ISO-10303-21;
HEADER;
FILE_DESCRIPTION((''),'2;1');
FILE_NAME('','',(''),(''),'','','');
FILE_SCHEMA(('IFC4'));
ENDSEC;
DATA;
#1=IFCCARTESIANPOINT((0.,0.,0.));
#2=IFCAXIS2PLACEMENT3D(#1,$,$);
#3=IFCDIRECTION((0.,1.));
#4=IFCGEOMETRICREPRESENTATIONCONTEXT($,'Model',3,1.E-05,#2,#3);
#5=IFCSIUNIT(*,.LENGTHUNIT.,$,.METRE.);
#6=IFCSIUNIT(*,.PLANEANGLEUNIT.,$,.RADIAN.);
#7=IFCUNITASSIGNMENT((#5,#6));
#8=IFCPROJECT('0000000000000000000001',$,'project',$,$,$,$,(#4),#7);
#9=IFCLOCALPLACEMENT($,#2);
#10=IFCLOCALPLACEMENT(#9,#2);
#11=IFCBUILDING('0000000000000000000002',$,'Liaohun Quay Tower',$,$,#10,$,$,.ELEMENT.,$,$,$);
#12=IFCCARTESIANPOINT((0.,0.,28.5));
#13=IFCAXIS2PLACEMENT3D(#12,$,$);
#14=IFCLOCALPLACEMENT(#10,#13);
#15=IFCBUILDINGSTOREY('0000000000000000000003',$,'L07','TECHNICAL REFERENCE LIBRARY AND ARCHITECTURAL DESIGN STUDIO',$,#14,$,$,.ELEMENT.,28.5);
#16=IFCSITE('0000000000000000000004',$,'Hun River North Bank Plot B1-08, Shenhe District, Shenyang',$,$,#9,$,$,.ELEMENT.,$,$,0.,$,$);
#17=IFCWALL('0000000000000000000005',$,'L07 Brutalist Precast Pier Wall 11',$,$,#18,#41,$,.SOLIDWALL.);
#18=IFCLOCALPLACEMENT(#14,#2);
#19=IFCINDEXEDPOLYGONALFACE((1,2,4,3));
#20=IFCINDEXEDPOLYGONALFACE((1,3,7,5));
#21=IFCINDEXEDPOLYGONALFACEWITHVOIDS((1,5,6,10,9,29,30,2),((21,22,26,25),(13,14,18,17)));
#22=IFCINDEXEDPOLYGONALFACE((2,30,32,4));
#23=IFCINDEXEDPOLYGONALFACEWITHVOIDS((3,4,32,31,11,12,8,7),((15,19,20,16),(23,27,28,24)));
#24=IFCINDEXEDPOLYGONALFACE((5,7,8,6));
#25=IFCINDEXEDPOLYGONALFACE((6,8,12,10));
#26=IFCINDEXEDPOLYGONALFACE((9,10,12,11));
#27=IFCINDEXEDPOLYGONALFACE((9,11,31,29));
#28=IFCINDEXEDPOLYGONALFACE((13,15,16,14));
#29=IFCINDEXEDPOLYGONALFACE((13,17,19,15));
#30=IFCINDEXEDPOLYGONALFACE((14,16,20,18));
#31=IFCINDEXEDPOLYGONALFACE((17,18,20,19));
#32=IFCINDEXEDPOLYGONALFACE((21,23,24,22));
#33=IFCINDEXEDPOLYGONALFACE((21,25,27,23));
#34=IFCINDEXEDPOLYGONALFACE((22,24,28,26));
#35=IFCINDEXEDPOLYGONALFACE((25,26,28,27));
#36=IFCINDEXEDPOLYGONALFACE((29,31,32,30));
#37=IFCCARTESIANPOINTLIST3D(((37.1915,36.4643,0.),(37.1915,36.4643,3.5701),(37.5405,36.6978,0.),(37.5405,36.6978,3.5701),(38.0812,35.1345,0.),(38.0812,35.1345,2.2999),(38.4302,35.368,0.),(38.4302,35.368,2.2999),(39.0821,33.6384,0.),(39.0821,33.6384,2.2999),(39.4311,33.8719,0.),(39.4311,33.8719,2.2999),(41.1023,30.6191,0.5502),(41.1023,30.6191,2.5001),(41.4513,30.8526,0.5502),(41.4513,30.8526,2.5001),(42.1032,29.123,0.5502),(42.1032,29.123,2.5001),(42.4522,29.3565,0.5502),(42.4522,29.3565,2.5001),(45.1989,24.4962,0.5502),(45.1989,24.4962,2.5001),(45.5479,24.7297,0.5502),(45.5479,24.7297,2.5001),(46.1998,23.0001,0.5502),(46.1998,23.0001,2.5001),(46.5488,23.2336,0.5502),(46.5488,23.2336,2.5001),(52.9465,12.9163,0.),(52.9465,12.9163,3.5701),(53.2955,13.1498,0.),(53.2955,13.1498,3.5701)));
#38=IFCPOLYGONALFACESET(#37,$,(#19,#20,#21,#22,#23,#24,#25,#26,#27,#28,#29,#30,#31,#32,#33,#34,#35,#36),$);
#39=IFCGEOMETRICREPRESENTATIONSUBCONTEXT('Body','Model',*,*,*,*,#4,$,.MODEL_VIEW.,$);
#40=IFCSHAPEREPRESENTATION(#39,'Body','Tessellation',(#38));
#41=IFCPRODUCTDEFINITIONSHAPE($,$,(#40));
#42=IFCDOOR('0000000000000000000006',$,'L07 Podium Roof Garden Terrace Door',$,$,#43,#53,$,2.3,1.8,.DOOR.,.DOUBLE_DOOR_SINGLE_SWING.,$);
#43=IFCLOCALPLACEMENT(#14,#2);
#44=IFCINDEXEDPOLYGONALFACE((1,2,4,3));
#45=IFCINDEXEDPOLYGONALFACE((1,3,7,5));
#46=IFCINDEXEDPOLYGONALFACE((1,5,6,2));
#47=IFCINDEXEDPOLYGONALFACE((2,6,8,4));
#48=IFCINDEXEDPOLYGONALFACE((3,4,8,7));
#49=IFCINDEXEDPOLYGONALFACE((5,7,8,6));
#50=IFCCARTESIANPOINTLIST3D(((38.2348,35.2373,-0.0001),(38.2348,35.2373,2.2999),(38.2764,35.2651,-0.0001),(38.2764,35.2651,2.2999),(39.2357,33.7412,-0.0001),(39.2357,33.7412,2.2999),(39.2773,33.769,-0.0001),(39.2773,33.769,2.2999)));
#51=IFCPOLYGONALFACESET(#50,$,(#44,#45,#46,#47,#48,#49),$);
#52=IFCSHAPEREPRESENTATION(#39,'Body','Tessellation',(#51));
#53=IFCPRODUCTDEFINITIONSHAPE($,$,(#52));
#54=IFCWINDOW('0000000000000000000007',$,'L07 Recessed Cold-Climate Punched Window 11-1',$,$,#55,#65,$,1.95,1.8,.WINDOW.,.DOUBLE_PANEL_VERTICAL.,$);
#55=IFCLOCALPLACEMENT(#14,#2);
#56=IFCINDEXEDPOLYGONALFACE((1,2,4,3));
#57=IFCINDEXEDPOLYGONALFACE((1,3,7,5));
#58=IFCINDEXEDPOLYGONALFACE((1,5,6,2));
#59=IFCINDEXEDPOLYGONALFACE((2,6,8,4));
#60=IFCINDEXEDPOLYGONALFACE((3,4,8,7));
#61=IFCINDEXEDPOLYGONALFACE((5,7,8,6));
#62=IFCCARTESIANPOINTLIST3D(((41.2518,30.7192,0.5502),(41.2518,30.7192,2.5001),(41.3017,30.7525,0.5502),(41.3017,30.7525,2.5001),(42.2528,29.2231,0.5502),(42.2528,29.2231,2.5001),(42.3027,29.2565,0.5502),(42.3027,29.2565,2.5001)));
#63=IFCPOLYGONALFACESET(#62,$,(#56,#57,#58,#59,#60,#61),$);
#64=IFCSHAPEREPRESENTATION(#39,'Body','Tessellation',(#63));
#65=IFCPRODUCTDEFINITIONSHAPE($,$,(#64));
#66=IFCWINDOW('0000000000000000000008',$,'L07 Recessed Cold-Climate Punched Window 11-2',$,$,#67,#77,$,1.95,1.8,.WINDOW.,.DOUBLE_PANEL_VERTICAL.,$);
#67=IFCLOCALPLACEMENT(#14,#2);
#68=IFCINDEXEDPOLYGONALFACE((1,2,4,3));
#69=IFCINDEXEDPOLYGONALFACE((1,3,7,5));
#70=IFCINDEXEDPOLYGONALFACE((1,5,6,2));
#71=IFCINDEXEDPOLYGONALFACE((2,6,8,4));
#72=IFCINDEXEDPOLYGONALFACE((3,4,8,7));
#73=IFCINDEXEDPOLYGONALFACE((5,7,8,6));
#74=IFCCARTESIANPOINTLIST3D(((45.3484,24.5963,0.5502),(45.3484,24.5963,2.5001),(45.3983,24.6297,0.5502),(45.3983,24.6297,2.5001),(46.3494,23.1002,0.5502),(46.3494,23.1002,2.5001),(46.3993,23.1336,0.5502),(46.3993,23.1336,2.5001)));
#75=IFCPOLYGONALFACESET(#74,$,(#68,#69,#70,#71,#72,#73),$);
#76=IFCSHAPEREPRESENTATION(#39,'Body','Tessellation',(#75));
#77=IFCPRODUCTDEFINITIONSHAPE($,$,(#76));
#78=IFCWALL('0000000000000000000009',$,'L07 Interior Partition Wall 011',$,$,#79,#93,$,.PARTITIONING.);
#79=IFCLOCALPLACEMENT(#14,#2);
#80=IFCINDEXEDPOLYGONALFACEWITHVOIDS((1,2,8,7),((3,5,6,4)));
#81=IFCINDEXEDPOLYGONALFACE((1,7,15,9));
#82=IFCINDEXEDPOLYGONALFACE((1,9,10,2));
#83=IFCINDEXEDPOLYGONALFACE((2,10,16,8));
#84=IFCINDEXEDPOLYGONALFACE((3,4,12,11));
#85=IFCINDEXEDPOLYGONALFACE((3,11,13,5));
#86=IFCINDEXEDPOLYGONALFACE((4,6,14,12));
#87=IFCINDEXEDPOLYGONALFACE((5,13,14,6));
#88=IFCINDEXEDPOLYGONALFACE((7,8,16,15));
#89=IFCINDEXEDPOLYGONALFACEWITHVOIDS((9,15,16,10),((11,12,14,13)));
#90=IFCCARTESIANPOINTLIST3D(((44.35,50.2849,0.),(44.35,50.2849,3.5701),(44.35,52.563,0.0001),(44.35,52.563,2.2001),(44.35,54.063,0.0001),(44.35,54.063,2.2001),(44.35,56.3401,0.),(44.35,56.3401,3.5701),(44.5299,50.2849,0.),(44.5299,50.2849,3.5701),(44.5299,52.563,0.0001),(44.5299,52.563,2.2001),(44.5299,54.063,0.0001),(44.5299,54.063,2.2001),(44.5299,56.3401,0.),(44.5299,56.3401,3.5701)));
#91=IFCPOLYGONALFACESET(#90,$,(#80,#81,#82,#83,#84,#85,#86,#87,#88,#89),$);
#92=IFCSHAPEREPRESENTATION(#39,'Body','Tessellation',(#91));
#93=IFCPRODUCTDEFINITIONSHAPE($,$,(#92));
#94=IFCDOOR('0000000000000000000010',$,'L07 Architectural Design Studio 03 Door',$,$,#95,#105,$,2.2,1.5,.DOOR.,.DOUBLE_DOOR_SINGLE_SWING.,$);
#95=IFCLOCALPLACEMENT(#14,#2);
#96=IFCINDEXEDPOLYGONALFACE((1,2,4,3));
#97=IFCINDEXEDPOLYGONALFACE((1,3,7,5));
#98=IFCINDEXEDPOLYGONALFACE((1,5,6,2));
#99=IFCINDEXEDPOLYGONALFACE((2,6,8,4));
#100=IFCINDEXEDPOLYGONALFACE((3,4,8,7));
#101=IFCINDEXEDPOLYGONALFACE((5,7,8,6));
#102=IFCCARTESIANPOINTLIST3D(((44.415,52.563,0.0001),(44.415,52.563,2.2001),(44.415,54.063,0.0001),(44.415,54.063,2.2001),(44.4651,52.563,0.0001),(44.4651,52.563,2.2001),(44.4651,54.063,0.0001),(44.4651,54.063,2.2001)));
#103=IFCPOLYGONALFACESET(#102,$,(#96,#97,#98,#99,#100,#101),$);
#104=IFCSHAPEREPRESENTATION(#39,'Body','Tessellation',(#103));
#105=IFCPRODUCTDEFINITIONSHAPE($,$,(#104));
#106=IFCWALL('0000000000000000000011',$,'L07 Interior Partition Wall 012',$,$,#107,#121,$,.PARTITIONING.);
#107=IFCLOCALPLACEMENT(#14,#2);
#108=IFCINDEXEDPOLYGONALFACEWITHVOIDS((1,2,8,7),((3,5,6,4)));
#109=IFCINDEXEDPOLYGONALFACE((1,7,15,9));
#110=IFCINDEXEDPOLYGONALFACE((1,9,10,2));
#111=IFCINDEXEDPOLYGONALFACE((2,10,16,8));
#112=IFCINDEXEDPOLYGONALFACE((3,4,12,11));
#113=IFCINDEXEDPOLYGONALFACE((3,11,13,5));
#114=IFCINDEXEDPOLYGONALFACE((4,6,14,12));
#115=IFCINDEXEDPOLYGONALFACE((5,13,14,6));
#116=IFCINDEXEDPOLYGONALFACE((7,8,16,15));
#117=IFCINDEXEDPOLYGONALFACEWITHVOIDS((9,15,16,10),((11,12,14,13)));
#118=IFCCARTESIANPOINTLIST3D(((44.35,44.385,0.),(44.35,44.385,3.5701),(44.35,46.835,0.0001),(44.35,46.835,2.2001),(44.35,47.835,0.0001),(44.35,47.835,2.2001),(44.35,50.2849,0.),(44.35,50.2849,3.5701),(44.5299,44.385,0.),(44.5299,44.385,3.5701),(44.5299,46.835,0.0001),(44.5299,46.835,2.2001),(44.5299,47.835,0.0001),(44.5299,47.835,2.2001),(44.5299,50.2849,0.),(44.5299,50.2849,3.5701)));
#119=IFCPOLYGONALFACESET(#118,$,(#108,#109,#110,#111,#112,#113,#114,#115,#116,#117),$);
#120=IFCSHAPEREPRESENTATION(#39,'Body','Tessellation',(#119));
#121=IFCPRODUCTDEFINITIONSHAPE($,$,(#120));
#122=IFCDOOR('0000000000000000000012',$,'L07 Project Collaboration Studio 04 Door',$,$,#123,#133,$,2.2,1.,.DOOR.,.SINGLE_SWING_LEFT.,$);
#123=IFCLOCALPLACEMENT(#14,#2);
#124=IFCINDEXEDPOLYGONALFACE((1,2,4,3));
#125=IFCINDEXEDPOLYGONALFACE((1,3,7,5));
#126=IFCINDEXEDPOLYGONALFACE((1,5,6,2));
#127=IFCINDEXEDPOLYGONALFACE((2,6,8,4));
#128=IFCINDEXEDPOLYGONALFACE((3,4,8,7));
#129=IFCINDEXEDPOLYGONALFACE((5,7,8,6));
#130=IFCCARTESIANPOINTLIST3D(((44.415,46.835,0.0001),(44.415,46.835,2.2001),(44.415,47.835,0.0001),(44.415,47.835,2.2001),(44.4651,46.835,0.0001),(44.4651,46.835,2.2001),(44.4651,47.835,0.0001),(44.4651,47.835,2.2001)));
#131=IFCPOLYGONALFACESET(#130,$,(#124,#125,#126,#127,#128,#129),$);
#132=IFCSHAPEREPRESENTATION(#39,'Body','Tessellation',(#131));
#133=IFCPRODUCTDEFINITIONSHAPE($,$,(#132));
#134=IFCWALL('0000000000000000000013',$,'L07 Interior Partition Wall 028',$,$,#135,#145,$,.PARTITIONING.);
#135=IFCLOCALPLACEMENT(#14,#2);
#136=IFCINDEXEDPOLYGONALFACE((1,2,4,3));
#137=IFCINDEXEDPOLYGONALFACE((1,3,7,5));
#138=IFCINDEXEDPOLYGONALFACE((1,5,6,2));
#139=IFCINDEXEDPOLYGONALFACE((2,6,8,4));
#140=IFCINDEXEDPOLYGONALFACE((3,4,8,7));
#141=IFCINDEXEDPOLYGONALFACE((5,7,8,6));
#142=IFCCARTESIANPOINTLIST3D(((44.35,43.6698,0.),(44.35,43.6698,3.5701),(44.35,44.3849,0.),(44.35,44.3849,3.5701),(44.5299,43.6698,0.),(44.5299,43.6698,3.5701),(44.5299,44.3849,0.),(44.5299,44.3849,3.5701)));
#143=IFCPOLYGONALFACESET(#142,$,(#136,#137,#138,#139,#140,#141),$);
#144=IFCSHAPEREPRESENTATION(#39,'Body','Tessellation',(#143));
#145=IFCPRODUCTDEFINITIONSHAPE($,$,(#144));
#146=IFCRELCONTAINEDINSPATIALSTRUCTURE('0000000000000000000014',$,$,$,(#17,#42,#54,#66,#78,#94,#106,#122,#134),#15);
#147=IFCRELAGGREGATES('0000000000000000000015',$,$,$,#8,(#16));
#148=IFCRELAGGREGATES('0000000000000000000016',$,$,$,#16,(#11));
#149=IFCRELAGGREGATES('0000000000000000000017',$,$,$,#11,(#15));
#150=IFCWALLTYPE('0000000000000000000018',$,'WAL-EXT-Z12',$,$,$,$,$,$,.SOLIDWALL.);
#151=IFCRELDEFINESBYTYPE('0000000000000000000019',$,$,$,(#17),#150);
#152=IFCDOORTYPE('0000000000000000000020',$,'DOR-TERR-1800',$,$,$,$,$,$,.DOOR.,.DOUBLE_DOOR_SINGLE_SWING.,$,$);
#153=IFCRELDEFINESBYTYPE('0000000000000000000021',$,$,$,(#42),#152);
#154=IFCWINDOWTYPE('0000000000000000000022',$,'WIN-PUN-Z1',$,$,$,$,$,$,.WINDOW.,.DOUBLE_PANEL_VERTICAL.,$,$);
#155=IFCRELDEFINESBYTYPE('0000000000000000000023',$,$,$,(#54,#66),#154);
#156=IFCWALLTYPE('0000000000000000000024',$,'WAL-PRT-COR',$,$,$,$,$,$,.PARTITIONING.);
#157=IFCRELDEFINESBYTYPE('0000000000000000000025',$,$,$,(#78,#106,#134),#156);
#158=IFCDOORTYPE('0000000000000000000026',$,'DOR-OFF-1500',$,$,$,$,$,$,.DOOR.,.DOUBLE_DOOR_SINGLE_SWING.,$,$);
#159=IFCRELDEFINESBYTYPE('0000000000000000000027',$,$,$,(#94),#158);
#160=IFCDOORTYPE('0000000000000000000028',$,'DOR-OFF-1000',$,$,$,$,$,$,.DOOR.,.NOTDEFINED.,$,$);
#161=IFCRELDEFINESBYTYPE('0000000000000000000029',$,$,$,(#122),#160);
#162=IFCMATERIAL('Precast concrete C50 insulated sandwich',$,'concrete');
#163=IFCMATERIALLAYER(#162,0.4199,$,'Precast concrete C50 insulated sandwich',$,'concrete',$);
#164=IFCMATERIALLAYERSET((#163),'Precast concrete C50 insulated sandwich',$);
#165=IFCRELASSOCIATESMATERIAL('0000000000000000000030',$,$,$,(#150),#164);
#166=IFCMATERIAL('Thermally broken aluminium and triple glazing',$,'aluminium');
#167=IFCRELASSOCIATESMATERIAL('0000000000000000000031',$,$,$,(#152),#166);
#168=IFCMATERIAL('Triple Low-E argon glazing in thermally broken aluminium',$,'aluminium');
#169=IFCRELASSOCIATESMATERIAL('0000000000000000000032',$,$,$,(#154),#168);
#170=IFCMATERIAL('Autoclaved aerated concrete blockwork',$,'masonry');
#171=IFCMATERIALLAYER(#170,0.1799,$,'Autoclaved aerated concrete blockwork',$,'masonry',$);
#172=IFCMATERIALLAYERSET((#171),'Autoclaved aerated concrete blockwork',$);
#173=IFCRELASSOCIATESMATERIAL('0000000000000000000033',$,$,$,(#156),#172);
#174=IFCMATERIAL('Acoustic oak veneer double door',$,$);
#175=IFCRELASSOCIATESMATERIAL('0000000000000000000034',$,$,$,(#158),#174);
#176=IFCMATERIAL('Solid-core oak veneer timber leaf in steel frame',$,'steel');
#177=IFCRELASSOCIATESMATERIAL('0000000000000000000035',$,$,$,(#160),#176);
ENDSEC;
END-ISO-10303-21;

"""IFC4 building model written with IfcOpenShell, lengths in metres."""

from ifc_helpers import new_model, si_unit, direction, frame, frame_2d, origin, place, context, subcontext, project, spatial, rectangle, extrude, source, transform, mapped, material, layer, layer_set, type_object, element, fill, save


model = new_model("IFC4")

# Units and contexts
model_context = context("Model", 3, precision=1e-05, world=origin(), true_north=direction((0.0, 1.0)))
body_context = subcontext(model_context, "Body", "Model", "MODEL_VIEW")
ifc_project = project(units=[si_unit("LENGTHUNIT", "METRE"), si_unit("PLANEANGLEUNIT", "RADIAN")], contexts=[model_context])

# Site, building, storey
site_placement = place(None, origin())
site = spatial("IfcSite", under=ifc_project, at=site_placement, Name="Hun River North Bank Plot B1-08, Shenhe District, Shenyang", CompositionType="ELEMENT", RefElevation=0.0)
building_placement = place(site_placement, origin())
building = spatial("IfcBuilding", under=site, at=building_placement, Name="Liaohun Quay Tower", CompositionType="ELEMENT")
storey_placement = place(building_placement, frame((0.0, 0.0, 28.5)))
storey = spatial("IfcBuildingStorey", under=building, at=storey_placement, Name="L07", Description="TECHNICAL REFERENCE LIBRARY AND ARCHITECTURAL DESIGN STUDIO", CompositionType="ELEMENT", Elevation=28.5)

# Wall, openings, door, windows
ifc_material_1 = material(Name="Precast concrete C50 insulated sandwich", Category="concrete")
ifc_layer_1 = layer(ifc_material_1, 0.4199, Name="Precast concrete C50 insulated sandwich", Category="concrete")
ifc_layer_set_1 = layer_set([ifc_layer_1], Name="Precast concrete C50 insulated sandwich")
wall_type_1 = type_object("IfcWallType", Name="WAL-EXT-Z12", PredefinedType="SOLIDWALL", material=ifc_layer_set_1)
wall_1_placement = place(storey_placement, frame((37.366, 36.5811, 0.0), z_axis=(0.0, 0.0, 1.0), x_axis=(0.556077, -0.83113, 0.0)))
wall_1 = element("IfcWall", 1, at=wall_1_placement, inside=storey, type_object=wall_type_1, Name="L07 Brutalist Precast Pier Wall 11", PredefinedType="SOLIDWALL", context=body_context, shape_type="SweptSolid", body=[
    extrude(rectangle(XDim=28.3325, YDim=0.4199, at=frame_2d((14.1663, 0.0))), origin(), (0.0, 0.0, 1.0), 3.5701),
])
shared_shape_1 = source(origin(), body_context, "Body", "SweptSolid", [
    extrude(rectangle(XDim=1.8, YDim=2.3, at=frame_2d((0.8999, 1.1499))), frame((0.0, 0.22, 0.0), z_axis=(0.0, -1.0, 0.0), x_axis=(1.0, 0.0, 0.0)), (0.0, 0.0, 1.0), 0.4399),
])
opening_1_placement = place(wall_1_placement, frame((1.6001, 0.0, 0.0)))
opening_1 = element("IfcOpeningElement", 2, at=opening_1_placement, cuts=wall_1, PredefinedType="OPENING", context=body_context, shape_type="MappedRepresentation", body=[
    mapped(shared_shape_1, transform((0.0, 0.0, 0.0), x_axis=(1.0, 0.0, 0.0), y_axis=(0.0, 1.0, 0.0), z_axis=(0.0, 0.0, 1.0), scale=1.0)),
])
shared_shape_2 = source(origin(), body_context, "Body", "SweptSolid", [
    extrude(rectangle(XDim=1.8, YDim=1.95, at=frame_2d((0.8999, 0.9751))), frame((0.0, 0.22, 0.0), z_axis=(0.0, -1.0, 0.0), x_axis=(1.0, 0.0, 0.0)), (0.0, 0.0, 1.0), 0.4399),
])
opening_2_placement = place(wall_1_placement, frame((7.033, 0.0, 0.55)))
opening_2 = element("IfcOpeningElement", 3, at=opening_2_placement, cuts=wall_1, PredefinedType="OPENING", context=body_context, shape_type="MappedRepresentation", body=[
    mapped(shared_shape_2, transform((0.0, 0.0, 0.0), x_axis=(1.0, 0.0, 0.0), y_axis=(0.0, 1.0, 0.0), z_axis=(0.0, 0.0, 1.0), scale=1.0)),
])
opening_3_placement = place(wall_1_placement, frame((14.3999, 0.0, 0.55)))
opening_3 = element("IfcOpeningElement", 4, at=opening_3_placement, cuts=wall_1, PredefinedType="OPENING", context=body_context, shape_type="MappedRepresentation", body=[
    mapped(shared_shape_2, transform((0.0, 0.0, 0.0), x_axis=(1.0, 0.0, 0.0), y_axis=(0.0, 1.0, 0.0), z_axis=(0.0, 0.0, 1.0), scale=1.0)),
])
ifc_material_2 = material(Name="Thermally broken aluminium and triple glazing", Category="aluminium")
door_type_1 = type_object("IfcDoorType", Name="DOR-TERR-1800", OperationType="DOUBLE_DOOR_SINGLE_SWING", PredefinedType="DOOR", material=ifc_material_2)
shared_shape_3 = source(origin(), body_context, "Body", "SweptSolid", [
    extrude(rectangle(XDim=1.8, YDim=2.3, at=frame_2d((0.8999, 1.1499))), frame((0.0, 0.0249, 0.0), z_axis=(0.0, -1.0, 0.0), x_axis=(1.0, 0.0, 0.0)), (0.0, 0.0, 1.0), 0.05),
])
door_1_placement = place(opening_1_placement, origin())
door_1 = element("IfcDoor", 5, at=door_1_placement, inside=storey, type_object=door_type_1, Name="L07 Podium Roof Garden Terrace Door", OperationType="DOUBLE_DOOR_SINGLE_SWING", OverallHeight=2.3, OverallWidth=1.8, PredefinedType="DOOR", context=body_context, shape_type="MappedRepresentation", body=[
    mapped(shared_shape_3, transform((0.0, 0.0, 0.0), x_axis=(1.0, 0.0, 0.0), y_axis=(0.0, 1.0, 0.0), z_axis=(0.0, 0.0, 1.0), scale=1.0)),
])
fill(opening_1, door_1)
ifc_material_3 = material(Name="Triple Low-E argon glazing in thermally broken aluminium", Category="aluminium")
window_type = type_object("IfcWindowType", Name="WIN-PUN-Z1", PartitioningType="DOUBLE_PANEL_VERTICAL", PredefinedType="WINDOW", material=ifc_material_3)
shared_shape_4 = source(origin(), body_context, "Body", "SweptSolid", [
    extrude(rectangle(XDim=1.8, YDim=1.95, at=frame_2d((0.8999, 0.9751))), frame((0.0, 0.03, 0.0), z_axis=(0.0, -1.0, 0.0), x_axis=(1.0, 0.0, 0.0)), (0.0, 0.0, 1.0), 0.0601),
])
window_1_placement = place(opening_2_placement, origin())
window_1 = element("IfcWindow", 6, at=window_1_placement, inside=storey, type_object=window_type, Name="L07 Recessed Cold-Climate Punched Window 11-1", OverallHeight=1.95, OverallWidth=1.8, PartitioningType="DOUBLE_PANEL_VERTICAL", PredefinedType="WINDOW", context=body_context, shape_type="MappedRepresentation", body=[
    mapped(shared_shape_4, transform((0.0, 0.0, 0.0), x_axis=(1.0, 0.0, 0.0), y_axis=(0.0, 1.0, 0.0), z_axis=(0.0, 0.0, 1.0), scale=1.0)),
])
fill(opening_2, window_1)
window_2_placement = place(opening_3_placement, origin())
window_2 = element("IfcWindow", 7, at=window_2_placement, inside=storey, type_object=window_type, Name="L07 Recessed Cold-Climate Punched Window 11-2", OverallHeight=1.95, OverallWidth=1.8, PartitioningType="DOUBLE_PANEL_VERTICAL", PredefinedType="WINDOW", context=body_context, shape_type="MappedRepresentation", body=[
    mapped(shared_shape_4, transform((0.0, 0.0, 0.0), x_axis=(1.0, 0.0, 0.0), y_axis=(0.0, 1.0, 0.0), z_axis=(0.0, 0.0, 1.0), scale=1.0)),
])
fill(opening_3, window_2)

# Walls, openings, doors
ifc_material_4 = material(Name="Autoclaved aerated concrete blockwork", Category="masonry")
ifc_layer_2 = layer(ifc_material_4, 0.1799, Name="Autoclaved aerated concrete blockwork", Category="masonry")
ifc_layer_set_2 = layer_set([ifc_layer_2], Name="Autoclaved aerated concrete blockwork")
wall_type_2 = type_object("IfcWallType", Name="WAL-PRT-COR", PredefinedType="PARTITIONING", material=ifc_layer_set_2)
wall_2_placement = place(storey_placement, frame((44.4399, 50.2849, 0.0), z_axis=(0.0, 0.0, 1.0), x_axis=(0.0, 1.0, 0.0)))
wall_2 = element("IfcWall", 8, at=wall_2_placement, inside=storey, type_object=wall_type_2, Name="L07 Interior Partition Wall 011", PredefinedType="PARTITIONING", context=body_context, shape_type="SweptSolid", body=[
    extrude(rectangle(XDim=6.0552, YDim=0.1799, at=frame_2d((3.0276, 0.0))), origin(), (0.0, 0.0, 1.0), 3.5701),
])
shared_shape_5 = source(origin(), body_context, "Body", "SweptSolid", [
    extrude(rectangle(XDim=1.5, YDim=2.2, at=frame_2d((0.75, 1.1001))), frame((0.0, 0.0999, 0.0), z_axis=(0.0, -1.0, 0.0), x_axis=(1.0, 0.0, 0.0)), (0.0, 0.0, 1.0), 0.2),
])
opening_4_placement = place(wall_2_placement, frame((2.2781, 0.0, 0.0)))
opening_4 = element("IfcOpeningElement", 9, at=opening_4_placement, cuts=wall_2, PredefinedType="OPENING", context=body_context, shape_type="MappedRepresentation", body=[
    mapped(shared_shape_5, transform((0.0, 0.0, 0.0), x_axis=(1.0, 0.0, 0.0), y_axis=(0.0, 1.0, 0.0), z_axis=(0.0, 0.0, 1.0), scale=1.0)),
])
ifc_material_5 = material(Name="Acoustic oak veneer double door")
door_type_2 = type_object("IfcDoorType", Name="DOR-OFF-1500", OperationType="DOUBLE_DOOR_SINGLE_SWING", PredefinedType="DOOR", material=ifc_material_5)
shared_shape_6 = source(origin(), body_context, "Body", "SweptSolid", [
    extrude(rectangle(XDim=1.5, YDim=2.2, at=frame_2d((0.75, 1.1001))), frame((0.0, 0.0249, 0.0), z_axis=(0.0, -1.0, 0.0), x_axis=(1.0, 0.0, 0.0)), (0.0, 0.0, 1.0), 0.05),
])
door_2_placement = place(opening_4_placement, origin())
door_2 = element("IfcDoor", 10, at=door_2_placement, inside=storey, type_object=door_type_2, Name="L07 Architectural Design Studio 03 Door", OperationType="DOUBLE_DOOR_SINGLE_SWING", OverallHeight=2.2, OverallWidth=1.5, PredefinedType="DOOR", context=body_context, shape_type="MappedRepresentation", body=[
    mapped(shared_shape_6, transform((0.0, 0.0, 0.0), x_axis=(1.0, 0.0, 0.0), y_axis=(0.0, 1.0, 0.0), z_axis=(0.0, 0.0, 1.0), scale=1.0)),
])
fill(opening_4, door_2)
wall_3_placement = place(storey_placement, frame((44.4399, 44.385, 0.0), z_axis=(0.0, 0.0, 1.0), x_axis=(0.0, 1.0, 0.0)))
wall_3 = element("IfcWall", 11, at=wall_3_placement, inside=storey, type_object=wall_type_2, Name="L07 Interior Partition Wall 012", PredefinedType="PARTITIONING", context=body_context, shape_type="SweptSolid", body=[
    extrude(rectangle(XDim=5.8999, YDim=0.1799, at=frame_2d((2.95, 0.0))), origin(), (0.0, 0.0, 1.0), 3.5701),
])
shared_shape_7 = source(origin(), body_context, "Body", "SweptSolid", [
    extrude(rectangle(XDim=1.0, YDim=2.2, at=frame_2d((0.5, 1.1001))), frame((0.0, 0.0999, 0.0), z_axis=(0.0, -1.0, 0.0), x_axis=(1.0, 0.0, 0.0)), (0.0, 0.0, 1.0), 0.2),
])
opening_5_placement = place(wall_3_placement, frame((2.45, 0.0, 0.0)))
opening_5 = element("IfcOpeningElement", 12, at=opening_5_placement, cuts=wall_3, PredefinedType="OPENING", context=body_context, shape_type="MappedRepresentation", body=[
    mapped(shared_shape_7, transform((0.0, 0.0, 0.0), x_axis=(1.0, 0.0, 0.0), y_axis=(0.0, 1.0, 0.0), z_axis=(0.0, 0.0, 1.0), scale=1.0)),
])
ifc_material_6 = material(Name="Solid-core oak veneer timber leaf in steel frame", Category="steel")
door_type_3 = type_object("IfcDoorType", Name="DOR-OFF-1000", OperationType="NOTDEFINED", PredefinedType="DOOR", material=ifc_material_6)
shared_shape_8 = source(origin(), body_context, "Body", "SweptSolid", [
    extrude(rectangle(XDim=1.0, YDim=2.2, at=frame_2d((0.5, 1.1001))), frame((0.0, 0.0249, 0.0), z_axis=(0.0, -1.0, 0.0), x_axis=(1.0, 0.0, 0.0)), (0.0, 0.0, 1.0), 0.05),
])
door_3_placement = place(opening_5_placement, origin())
door_3 = element("IfcDoor", 13, at=door_3_placement, inside=storey, type_object=door_type_3, Name="L07 Project Collaboration Studio 04 Door", OperationType="SINGLE_SWING_LEFT", OverallHeight=2.2, OverallWidth=1.0, PredefinedType="DOOR", context=body_context, shape_type="MappedRepresentation", body=[
    mapped(shared_shape_8, transform((0.0, 0.0, 0.0), x_axis=(1.0, 0.0, 0.0), y_axis=(0.0, 1.0, 0.0), z_axis=(0.0, 0.0, 1.0), scale=1.0)),
])
fill(opening_5, door_3)

# Wall
wall_4_placement = place(storey_placement, frame((44.4399, 43.6699, 0.0), z_axis=(0.0, 0.0, 1.0), x_axis=(0.0, 1.0, 0.0)))
element("IfcWall", 14, at=wall_4_placement, inside=storey, type_object=wall_type_2, Name="L07 Interior Partition Wall 028", PredefinedType="PARTITIONING", context=body_context, shape_type="SweptSolid", body=[
    extrude(rectangle(XDim=0.7151, YDim=0.1799, at=frame_2d((0.3574, 0.0))), origin(), (0.0, 0.0, 1.0), 3.5701),
])

save(model, "model.ifc")
